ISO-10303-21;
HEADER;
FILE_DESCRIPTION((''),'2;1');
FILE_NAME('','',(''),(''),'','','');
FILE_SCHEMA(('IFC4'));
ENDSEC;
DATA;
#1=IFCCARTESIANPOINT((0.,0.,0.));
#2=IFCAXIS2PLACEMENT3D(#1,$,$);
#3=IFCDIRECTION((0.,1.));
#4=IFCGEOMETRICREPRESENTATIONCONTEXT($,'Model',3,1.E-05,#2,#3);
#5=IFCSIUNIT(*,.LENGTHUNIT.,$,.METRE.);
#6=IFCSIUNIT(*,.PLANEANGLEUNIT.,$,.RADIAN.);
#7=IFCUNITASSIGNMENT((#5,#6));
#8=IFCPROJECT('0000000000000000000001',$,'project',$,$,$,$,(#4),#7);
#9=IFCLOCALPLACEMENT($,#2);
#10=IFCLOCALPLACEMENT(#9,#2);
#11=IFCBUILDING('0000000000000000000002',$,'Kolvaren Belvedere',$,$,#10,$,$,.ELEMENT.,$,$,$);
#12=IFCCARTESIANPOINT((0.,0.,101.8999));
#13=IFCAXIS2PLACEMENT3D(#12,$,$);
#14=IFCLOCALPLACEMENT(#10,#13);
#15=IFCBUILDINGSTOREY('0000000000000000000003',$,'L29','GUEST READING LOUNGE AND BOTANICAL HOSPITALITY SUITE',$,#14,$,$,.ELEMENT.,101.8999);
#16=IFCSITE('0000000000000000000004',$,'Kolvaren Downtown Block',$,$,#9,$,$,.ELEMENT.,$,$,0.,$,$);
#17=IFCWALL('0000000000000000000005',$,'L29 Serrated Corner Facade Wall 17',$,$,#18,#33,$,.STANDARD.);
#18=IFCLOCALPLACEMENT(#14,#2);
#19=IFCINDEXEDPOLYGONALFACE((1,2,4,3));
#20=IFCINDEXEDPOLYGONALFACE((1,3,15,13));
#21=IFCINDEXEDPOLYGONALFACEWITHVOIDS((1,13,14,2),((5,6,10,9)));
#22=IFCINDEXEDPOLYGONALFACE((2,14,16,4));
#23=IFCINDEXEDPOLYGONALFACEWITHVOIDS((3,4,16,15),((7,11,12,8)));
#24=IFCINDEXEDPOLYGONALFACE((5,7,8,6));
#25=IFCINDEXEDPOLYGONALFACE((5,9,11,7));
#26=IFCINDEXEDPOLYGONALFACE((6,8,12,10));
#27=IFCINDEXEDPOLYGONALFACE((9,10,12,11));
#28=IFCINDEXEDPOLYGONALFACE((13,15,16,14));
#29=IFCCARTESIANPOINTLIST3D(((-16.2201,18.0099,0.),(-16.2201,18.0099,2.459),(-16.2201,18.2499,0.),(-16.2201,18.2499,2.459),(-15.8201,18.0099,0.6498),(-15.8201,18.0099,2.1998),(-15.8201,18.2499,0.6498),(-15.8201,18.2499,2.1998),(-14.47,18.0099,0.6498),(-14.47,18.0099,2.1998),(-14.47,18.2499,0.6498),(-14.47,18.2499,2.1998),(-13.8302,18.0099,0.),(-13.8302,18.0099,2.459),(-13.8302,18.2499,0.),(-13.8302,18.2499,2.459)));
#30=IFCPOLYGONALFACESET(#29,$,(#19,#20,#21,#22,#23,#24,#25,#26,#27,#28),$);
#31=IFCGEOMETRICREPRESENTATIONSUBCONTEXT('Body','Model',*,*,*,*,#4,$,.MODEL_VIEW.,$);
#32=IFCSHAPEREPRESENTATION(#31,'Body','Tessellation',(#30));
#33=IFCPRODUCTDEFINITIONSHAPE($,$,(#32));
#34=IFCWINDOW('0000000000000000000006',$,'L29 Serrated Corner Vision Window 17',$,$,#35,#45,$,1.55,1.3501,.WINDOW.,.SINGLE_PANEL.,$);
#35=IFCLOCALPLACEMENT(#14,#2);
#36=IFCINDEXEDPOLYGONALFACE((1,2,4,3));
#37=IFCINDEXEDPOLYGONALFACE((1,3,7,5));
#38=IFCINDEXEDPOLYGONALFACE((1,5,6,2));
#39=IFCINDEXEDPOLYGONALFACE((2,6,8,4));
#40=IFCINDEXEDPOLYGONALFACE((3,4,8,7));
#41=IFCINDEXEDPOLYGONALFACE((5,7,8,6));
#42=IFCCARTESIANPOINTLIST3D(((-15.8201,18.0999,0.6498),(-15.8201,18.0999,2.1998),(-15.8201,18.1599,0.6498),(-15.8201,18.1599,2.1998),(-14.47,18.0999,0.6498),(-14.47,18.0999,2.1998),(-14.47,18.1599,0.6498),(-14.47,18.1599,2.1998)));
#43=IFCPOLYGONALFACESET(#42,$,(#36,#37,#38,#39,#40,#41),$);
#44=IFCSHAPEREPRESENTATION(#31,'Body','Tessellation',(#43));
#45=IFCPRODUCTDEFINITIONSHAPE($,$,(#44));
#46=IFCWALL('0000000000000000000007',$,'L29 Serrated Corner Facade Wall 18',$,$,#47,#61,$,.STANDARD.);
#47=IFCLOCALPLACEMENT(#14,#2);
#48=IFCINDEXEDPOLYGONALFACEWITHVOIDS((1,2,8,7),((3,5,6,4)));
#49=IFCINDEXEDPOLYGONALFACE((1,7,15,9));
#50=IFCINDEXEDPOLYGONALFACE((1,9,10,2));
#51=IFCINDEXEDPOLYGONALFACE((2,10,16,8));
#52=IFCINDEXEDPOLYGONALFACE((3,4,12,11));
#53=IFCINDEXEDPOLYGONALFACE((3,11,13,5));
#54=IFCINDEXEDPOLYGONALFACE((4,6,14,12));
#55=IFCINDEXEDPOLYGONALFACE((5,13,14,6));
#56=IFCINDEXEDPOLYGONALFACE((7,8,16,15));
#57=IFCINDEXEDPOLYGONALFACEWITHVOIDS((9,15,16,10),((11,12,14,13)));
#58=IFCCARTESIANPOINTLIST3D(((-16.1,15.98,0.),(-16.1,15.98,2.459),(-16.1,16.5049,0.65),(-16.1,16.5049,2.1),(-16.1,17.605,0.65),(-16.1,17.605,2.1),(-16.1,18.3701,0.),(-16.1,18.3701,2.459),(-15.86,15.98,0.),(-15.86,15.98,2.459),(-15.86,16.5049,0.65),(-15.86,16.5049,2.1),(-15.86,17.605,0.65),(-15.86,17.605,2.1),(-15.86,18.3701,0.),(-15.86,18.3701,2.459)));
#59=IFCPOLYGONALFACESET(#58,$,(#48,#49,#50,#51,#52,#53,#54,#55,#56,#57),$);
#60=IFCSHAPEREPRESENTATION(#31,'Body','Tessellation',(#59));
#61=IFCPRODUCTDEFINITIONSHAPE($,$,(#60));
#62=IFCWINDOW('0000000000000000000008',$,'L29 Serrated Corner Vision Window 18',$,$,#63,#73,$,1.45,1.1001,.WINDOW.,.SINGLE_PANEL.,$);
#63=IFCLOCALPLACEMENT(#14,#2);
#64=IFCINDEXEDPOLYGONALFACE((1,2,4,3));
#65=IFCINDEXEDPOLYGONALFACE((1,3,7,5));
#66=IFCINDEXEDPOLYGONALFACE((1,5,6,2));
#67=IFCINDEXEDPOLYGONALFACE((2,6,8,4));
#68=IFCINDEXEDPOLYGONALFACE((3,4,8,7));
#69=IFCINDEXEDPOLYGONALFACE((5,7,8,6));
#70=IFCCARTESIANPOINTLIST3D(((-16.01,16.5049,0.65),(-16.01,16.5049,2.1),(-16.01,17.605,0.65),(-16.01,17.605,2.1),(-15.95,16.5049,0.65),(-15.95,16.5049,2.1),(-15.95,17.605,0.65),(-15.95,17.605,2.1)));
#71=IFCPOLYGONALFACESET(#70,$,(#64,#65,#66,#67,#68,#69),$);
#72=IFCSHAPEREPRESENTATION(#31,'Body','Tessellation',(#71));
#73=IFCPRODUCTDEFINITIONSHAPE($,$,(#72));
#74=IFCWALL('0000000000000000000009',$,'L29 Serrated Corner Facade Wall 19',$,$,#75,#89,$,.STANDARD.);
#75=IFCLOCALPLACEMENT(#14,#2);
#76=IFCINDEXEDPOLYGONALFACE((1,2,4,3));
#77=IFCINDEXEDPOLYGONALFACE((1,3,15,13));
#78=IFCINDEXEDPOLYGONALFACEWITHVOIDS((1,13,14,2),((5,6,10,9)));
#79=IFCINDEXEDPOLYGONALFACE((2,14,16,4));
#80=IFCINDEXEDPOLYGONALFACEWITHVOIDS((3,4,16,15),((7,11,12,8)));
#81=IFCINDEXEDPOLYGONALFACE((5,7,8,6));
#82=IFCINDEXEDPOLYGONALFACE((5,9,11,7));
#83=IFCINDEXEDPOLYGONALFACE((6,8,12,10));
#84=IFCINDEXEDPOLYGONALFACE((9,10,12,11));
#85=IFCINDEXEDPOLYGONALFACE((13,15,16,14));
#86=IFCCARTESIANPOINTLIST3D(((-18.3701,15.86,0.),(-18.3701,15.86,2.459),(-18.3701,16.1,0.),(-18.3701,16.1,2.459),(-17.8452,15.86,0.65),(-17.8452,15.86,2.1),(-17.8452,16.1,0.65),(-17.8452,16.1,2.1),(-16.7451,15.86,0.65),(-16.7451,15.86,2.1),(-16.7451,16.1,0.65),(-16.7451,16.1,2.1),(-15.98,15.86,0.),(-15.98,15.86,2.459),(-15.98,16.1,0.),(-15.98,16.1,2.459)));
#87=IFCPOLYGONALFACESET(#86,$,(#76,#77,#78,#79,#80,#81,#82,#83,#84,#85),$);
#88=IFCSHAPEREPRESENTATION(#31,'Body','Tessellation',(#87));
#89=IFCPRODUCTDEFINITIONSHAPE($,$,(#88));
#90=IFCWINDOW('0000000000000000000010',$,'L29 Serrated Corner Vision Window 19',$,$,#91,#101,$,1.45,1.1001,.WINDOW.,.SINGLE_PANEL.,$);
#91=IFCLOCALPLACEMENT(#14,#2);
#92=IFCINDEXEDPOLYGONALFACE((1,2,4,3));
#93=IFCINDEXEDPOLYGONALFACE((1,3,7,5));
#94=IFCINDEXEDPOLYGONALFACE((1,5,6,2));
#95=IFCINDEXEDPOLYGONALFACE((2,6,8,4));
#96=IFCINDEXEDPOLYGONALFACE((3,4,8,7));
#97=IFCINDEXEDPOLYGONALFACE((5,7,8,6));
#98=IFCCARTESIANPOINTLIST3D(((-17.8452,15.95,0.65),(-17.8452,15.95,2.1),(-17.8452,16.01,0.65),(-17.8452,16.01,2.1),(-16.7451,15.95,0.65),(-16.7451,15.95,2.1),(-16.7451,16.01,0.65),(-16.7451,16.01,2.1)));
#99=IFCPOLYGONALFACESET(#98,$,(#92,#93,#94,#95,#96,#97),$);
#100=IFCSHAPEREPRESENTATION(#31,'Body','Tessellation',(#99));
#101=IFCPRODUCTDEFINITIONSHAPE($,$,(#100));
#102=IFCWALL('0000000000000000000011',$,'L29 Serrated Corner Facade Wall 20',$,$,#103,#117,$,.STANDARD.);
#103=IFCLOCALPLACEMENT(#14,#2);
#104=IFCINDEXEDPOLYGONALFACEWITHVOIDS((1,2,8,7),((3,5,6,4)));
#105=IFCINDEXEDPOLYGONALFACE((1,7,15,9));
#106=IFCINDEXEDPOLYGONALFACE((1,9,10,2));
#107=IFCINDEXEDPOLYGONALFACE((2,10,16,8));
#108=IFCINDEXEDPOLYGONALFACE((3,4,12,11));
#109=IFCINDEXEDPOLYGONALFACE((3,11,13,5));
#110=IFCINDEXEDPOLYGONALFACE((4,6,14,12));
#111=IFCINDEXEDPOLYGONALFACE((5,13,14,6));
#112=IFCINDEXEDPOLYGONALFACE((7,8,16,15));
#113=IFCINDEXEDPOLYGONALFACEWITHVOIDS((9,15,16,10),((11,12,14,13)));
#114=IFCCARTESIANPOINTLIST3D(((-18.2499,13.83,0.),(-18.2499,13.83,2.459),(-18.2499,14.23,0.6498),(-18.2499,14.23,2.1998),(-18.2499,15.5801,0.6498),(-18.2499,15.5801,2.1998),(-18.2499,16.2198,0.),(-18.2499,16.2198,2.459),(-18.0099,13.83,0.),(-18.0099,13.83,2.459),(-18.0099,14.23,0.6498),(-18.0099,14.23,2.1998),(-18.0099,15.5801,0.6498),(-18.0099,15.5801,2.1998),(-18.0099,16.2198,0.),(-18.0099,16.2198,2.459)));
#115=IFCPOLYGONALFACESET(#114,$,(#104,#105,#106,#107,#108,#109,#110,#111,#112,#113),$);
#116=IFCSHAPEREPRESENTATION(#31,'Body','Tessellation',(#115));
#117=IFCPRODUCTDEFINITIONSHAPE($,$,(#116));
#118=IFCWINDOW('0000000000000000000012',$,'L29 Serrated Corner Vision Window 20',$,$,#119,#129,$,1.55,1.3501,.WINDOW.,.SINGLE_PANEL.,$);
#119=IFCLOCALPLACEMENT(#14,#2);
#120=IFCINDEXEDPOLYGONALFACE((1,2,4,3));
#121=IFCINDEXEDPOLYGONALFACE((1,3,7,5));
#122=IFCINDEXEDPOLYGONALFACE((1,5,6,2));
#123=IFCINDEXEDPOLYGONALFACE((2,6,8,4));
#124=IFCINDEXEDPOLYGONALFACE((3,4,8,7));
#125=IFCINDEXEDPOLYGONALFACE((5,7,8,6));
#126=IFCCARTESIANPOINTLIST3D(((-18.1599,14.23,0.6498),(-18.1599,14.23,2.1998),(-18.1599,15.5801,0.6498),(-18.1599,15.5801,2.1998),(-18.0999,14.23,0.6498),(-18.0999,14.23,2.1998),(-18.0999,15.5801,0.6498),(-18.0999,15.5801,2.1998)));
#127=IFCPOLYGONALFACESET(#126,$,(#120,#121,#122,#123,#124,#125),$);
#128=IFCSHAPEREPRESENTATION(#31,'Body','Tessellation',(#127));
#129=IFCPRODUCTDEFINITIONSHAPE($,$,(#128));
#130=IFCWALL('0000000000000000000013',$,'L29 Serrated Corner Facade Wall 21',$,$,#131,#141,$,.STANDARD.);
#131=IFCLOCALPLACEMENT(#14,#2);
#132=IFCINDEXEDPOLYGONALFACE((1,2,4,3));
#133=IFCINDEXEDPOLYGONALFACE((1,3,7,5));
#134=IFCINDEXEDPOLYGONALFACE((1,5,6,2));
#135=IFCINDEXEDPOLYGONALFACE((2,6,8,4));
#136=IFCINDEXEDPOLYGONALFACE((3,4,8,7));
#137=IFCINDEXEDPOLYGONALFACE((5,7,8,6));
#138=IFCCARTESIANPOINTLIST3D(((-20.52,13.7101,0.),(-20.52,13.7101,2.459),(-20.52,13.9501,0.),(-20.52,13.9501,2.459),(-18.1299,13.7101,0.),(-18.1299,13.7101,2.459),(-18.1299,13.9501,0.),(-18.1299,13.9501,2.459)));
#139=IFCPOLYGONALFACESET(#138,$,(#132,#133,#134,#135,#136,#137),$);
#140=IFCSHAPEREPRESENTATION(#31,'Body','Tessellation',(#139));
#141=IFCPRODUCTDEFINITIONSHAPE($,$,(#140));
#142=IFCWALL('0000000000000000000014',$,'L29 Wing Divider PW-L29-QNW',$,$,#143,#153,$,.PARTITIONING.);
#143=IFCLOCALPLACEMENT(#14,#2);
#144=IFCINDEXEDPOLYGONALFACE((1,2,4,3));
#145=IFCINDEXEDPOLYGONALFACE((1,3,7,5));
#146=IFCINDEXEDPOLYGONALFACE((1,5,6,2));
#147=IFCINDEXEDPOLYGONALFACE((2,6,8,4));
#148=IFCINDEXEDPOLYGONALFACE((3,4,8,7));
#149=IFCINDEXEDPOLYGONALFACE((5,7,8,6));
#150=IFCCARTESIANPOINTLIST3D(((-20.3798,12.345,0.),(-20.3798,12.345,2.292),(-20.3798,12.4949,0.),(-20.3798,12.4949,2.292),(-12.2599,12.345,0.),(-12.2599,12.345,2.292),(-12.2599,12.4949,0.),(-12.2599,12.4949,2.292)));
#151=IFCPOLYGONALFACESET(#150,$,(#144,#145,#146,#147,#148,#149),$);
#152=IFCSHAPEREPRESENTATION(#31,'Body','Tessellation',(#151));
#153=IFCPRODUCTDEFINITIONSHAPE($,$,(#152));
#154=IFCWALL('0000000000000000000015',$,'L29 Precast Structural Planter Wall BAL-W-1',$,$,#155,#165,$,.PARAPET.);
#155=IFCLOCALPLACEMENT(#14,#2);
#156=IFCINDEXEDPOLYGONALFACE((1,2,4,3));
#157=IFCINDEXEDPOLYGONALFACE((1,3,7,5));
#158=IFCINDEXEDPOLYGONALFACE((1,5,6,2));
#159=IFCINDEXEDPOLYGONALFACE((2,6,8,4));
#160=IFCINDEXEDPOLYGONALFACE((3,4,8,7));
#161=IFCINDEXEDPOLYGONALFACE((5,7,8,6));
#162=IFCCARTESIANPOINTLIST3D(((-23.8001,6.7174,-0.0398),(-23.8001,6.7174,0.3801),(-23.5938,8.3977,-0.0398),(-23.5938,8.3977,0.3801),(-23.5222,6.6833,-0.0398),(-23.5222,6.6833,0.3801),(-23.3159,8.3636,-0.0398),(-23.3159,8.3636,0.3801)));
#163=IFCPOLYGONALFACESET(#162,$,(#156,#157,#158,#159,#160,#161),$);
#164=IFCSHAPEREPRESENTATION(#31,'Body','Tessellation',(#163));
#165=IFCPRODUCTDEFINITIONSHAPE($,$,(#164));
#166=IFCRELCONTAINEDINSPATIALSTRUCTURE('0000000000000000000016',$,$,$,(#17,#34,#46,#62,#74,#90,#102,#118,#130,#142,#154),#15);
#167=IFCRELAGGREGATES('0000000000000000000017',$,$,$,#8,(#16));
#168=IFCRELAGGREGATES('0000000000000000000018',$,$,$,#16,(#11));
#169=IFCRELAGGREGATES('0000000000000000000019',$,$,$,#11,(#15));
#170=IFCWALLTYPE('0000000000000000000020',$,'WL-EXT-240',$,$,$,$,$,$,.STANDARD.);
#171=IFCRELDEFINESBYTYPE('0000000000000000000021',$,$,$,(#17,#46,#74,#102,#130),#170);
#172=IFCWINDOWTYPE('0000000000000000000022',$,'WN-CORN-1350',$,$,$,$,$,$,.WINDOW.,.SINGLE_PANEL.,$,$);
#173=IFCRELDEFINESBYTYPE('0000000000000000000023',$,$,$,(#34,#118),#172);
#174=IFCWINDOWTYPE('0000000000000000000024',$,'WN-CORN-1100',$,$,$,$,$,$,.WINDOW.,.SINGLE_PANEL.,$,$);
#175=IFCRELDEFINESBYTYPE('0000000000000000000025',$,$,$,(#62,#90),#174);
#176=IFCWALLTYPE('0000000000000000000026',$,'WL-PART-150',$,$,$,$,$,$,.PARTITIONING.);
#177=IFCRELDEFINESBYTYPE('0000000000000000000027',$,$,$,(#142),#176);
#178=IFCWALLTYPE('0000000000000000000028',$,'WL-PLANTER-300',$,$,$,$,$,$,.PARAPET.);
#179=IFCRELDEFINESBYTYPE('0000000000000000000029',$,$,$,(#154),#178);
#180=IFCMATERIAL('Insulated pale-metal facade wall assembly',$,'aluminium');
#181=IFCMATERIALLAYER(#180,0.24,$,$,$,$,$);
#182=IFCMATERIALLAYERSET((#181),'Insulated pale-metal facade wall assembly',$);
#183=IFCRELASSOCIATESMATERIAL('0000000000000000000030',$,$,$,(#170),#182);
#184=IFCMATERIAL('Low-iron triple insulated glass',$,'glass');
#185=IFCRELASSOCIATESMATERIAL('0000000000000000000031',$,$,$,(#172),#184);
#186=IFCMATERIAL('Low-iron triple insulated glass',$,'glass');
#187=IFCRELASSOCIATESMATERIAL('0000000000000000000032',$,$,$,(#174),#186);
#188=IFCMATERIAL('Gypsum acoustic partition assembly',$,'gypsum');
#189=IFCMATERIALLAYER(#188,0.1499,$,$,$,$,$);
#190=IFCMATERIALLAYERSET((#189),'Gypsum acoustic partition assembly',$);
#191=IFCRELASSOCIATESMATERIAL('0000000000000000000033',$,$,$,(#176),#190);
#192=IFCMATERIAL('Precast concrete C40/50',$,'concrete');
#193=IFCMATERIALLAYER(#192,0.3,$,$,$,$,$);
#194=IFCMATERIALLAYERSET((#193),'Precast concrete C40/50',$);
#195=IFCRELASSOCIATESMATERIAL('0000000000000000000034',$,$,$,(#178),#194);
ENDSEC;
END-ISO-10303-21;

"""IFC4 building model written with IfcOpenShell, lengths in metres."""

from ifc_helpers import new_model, si_unit, direction, frame, frame_2d, origin, place, context, subcontext, project, spatial, rectangle, extrude, material, layer, layer_set, type_object, element, fill, save


model = new_model("IFC4")

# Units and contexts
model_context = context("Model", 3, precision=1e-05, world=origin(), true_north=direction((0.0, 1.0)))
body_context = subcontext(model_context, "Body", "Model", "MODEL_VIEW")
ifc_project = project(units=[si_unit("LENGTHUNIT", "METRE"), si_unit("PLANEANGLEUNIT", "RADIAN")], contexts=[model_context])

# Site, building, storey
site_placement = place(None, origin())
site = spatial("IfcSite", under=ifc_project, at=site_placement, Name="Kolvaren Downtown Block", CompositionType="ELEMENT", RefElevation=0.0)
building_placement = place(site_placement, origin())
building = spatial("IfcBuilding", under=site, at=building_placement, Name="Kolvaren Belvedere", CompositionType="ELEMENT")
storey_placement = place(building_placement, frame((0.0, 0.0, 101.8999)))
storey = spatial("IfcBuildingStorey", under=building, at=storey_placement, Name="L29", Description="GUEST READING LOUNGE AND BOTANICAL HOSPITALITY SUITE", CompositionType="ELEMENT", Elevation=101.8999)

# Shared definitions
ifc_material_1 = material(Name="Insulated pale-metal facade wall assembly", Category="aluminium")
ifc_layer_1 = layer(ifc_material_1, 0.24)
ifc_layer_set_1 = layer_set([ifc_layer_1], Name="Insulated pale-metal facade wall assembly")
wall_type_1 = type_object("IfcWallType", Name="WL-EXT-240", PredefinedType="STANDARD", material=ifc_layer_set_1)

# Walls, openings, windows
wall_1_placement = place(storey_placement, frame((-16.22, 18.1299, 0.0), z_axis=(0.0, 0.0, 1.0), x_axis=(1.0, 0.0, 0.0)))
wall_1 = element("IfcWall", 1, at=wall_1_placement, inside=storey, type_object=wall_type_1, Name="L29 Serrated Corner Facade Wall 17", PredefinedType="STANDARD", context=body_context, shape_type="SweptSolid", body=[
    extrude(rectangle(XDim=2.3899, YDim=0.24, at=frame_2d((1.1948, 0.0))), origin(), (0.0, 0.0, 1.0), 2.459),
])
opening_1_placement = place(wall_1_placement, frame((0.3999, 0.0, 0.6499)))
opening_1 = element("IfcOpeningElement", 2, at=opening_1_placement, cuts=wall_1, PredefinedType="OPENING", context=body_context, shape_type="SweptSolid", body=[
    extrude(rectangle(XDim=1.3501, YDim=1.55, at=frame_2d((0.675, 0.7749))), frame((0.0, 0.1299, 0.0), z_axis=(0.0, -1.0, 0.0), x_axis=(1.0, 0.0, 0.0)), (0.0, 0.0, 1.0), 0.26),
])
ifc_material_2 = material(Name="Low-iron triple insulated glass", Category="glass")
window_type_1 = type_object("IfcWindowType", Name="WN-CORN-1350", PartitioningType="SINGLE_PANEL", PredefinedType="WINDOW", material=ifc_material_2)
window_1_placement = place(opening_1_placement, origin())
window_1 = element("IfcWindow", 3, at=window_1_placement, inside=storey, type_object=window_type_1, Name="L29 Serrated Corner Vision Window 17", OverallHeight=1.55, OverallWidth=1.3501, PartitioningType="SINGLE_PANEL", PredefinedType="WINDOW", context=body_context, shape_type="SweptSolid", body=[
    extrude(rectangle(XDim=1.3501, YDim=1.55, at=frame_2d((0.675, 0.7749))), frame((0.0, 0.03, 0.0), z_axis=(0.0, -1.0, 0.0), x_axis=(1.0, 0.0, 0.0)), (0.0, 0.0, 1.0), 0.0601),
])
fill(opening_1, window_1)
wall_2_placement = place(storey_placement, frame((-15.98, 15.98, 0.0), z_axis=(0.0, 0.0, 1.0), x_axis=(0.0, 1.0, 0.0)))
wall_2 = element("IfcWall", 4, at=wall_2_placement, inside=storey, type_object=wall_type_1, Name="L29 Serrated Corner Facade Wall 18", PredefinedType="STANDARD", context=body_context, shape_type="SweptSolid", body=[
    extrude(rectangle(XDim=2.3901, YDim=0.24, at=frame_2d((1.1951, 0.0))), origin(), (0.0, 0.0, 1.0), 2.459),
])
opening_2_placement = place(wall_2_placement, frame((0.5249, 0.0, 0.6499)))
opening_2 = element("IfcOpeningElement", 5, at=opening_2_placement, cuts=wall_2, PredefinedType="OPENING", context=body_context, shape_type="SweptSolid", body=[
    extrude(rectangle(XDim=1.1001, YDim=1.45, at=frame_2d((0.55, 0.7251))), frame((0.0, 0.1299, 0.0), z_axis=(0.0, -1.0, 0.0), x_axis=(1.0, 0.0, 0.0)), (0.0, 0.0, 1.0), 0.26),
])
ifc_material_3 = material(Name="Low-iron triple insulated glass", Category="glass")
window_type_2 = type_object("IfcWindowType", Name="WN-CORN-1100", PartitioningType="SINGLE_PANEL", PredefinedType="WINDOW", material=ifc_material_3)
window_2_placement = place(opening_2_placement, origin())
window_2 = element("IfcWindow", 6, at=window_2_placement, inside=storey, type_object=window_type_2, Name="L29 Serrated Corner Vision Window 18", OverallHeight=1.45, OverallWidth=1.1001, PartitioningType="SINGLE_PANEL", PredefinedType="WINDOW", context=body_context, shape_type="SweptSolid", body=[
    extrude(rectangle(XDim=1.1001, YDim=1.45, at=frame_2d((0.55, 0.7251))), frame((0.0, 0.03, 0.0), z_axis=(0.0, -1.0, 0.0), x_axis=(1.0, 0.0, 0.0)), (0.0, 0.0, 1.0), 0.0601),
])
fill(opening_2, window_2)
wall_3_placement = place(storey_placement, frame((-18.3701, 15.98, 0.0), z_axis=(0.0, 0.0, 1.0), x_axis=(1.0, 0.0, 0.0)))
wall_3 = element("IfcWall", 7, at=wall_3_placement, inside=storey, type_object=wall_type_1, Name="L29 Serrated Corner Facade Wall 19", PredefinedType="STANDARD", context=body_context, shape_type="SweptSolid", body=[
    extrude(rectangle(XDim=2.3901, YDim=0.24, at=frame_2d((1.1951, 0.0))), origin(), (0.0, 0.0, 1.0), 2.459),
])
opening_3_placement = place(wall_3_placement, frame((0.5249, 0.0, 0.6499)))
opening_3 = element("IfcOpeningElement", 8, at=opening_3_placement, cuts=wall_3, PredefinedType="OPENING", context=body_context, shape_type="SweptSolid", body=[
    extrude(rectangle(XDim=1.1001, YDim=1.45, at=frame_2d((0.55, 0.7251))), frame((0.0, 0.1299, 0.0), z_axis=(0.0, -1.0, 0.0), x_axis=(1.0, 0.0, 0.0)), (0.0, 0.0, 1.0), 0.26),
])
window_3_placement = place(opening_3_placement, origin())
window_3 = element("IfcWindow", 9, at=window_3_placement, inside=storey, type_object=window_type_2, Name="L29 Serrated Corner Vision Window 19", OverallHeight=1.45, OverallWidth=1.1001, PartitioningType="SINGLE_PANEL", PredefinedType="WINDOW", context=body_context, shape_type="SweptSolid", body=[
    extrude(rectangle(XDim=1.1001, YDim=1.45, at=frame_2d((0.55, 0.7251))), frame((0.0, 0.03, 0.0), z_axis=(0.0, -1.0, 0.0), x_axis=(1.0, 0.0, 0.0)), (0.0, 0.0, 1.0), 0.0601),
])
fill(opening_3, window_3)
wall_4_placement = place(storey_placement, frame((-18.1299, 13.8301, 0.0), z_axis=(0.0, 0.0, 1.0), x_axis=(0.0, 1.0, 0.0)))
wall_4 = element("IfcWall", 10, at=wall_4_placement, inside=storey, type_object=wall_type_1, Name="L29 Serrated Corner Facade Wall 20", PredefinedType="STANDARD", context=body_context, shape_type="SweptSolid", body=[
    extrude(rectangle(XDim=2.3899, YDim=0.24, at=frame_2d((1.1948, 0.0))), origin(), (0.0, 0.0, 1.0), 2.459),
])
opening_4_placement = place(wall_4_placement, frame((0.3999, 0.0, 0.6499)))
opening_4 = element("IfcOpeningElement", 11, at=opening_4_placement, cuts=wall_4, PredefinedType="OPENING", context=body_context, shape_type="SweptSolid", body=[
    extrude(rectangle(XDim=1.3501, YDim=1.55, at=frame_2d((0.675, 0.7749))), frame((0.0, 0.1299, 0.0), z_axis=(0.0, -1.0, 0.0), x_axis=(1.0, 0.0, 0.0)), (0.0, 0.0, 1.0), 0.26),
])
window_4_placement = place(opening_4_placement, origin())
window_4 = element("IfcWindow", 12, at=window_4_placement, inside=storey, type_object=window_type_1, Name="L29 Serrated Corner Vision Window 20", OverallHeight=1.55, OverallWidth=1.3501, PartitioningType="SINGLE_PANEL", PredefinedType="WINDOW", context=body_context, shape_type="SweptSolid", body=[
    extrude(rectangle(XDim=1.3501, YDim=1.55, at=frame_2d((0.675, 0.7749))), frame((0.0, 0.03, 0.0), z_axis=(0.0, -1.0, 0.0), x_axis=(1.0, 0.0, 0.0)), (0.0, 0.0, 1.0), 0.0601),
])
fill(opening_4, window_4)

# Walls
wall_5_placement = place(storey_placement, frame((-20.52, 13.8301, 0.0), z_axis=(0.0, 0.0, 1.0), x_axis=(1.0, 0.0, 0.0)))
element("IfcWall", 13, at=wall_5_placement, inside=storey, type_object=wall_type_1, Name="L29 Serrated Corner Facade Wall 21", PredefinedType="STANDARD", context=body_context, shape_type="SweptSolid", body=[
    extrude(rectangle(XDim=2.3901, YDim=0.24, at=frame_2d((1.1951, 0.0))), origin(), (0.0, 0.0, 1.0), 2.459),
])
ifc_material_4 = material(Name="Gypsum acoustic partition assembly", Category="gypsum")
ifc_layer_2 = layer(ifc_material_4, 0.1499)
ifc_layer_set_2 = layer_set([ifc_layer_2], Name="Gypsum acoustic partition assembly")
wall_type_2 = type_object("IfcWallType", Name="WL-PART-150", PredefinedType="PARTITIONING", material=ifc_layer_set_2)
wall_6_placement = place(storey_placement, frame((-20.3799, 12.4199, 0.0), z_axis=(0.0, 0.0, 1.0), x_axis=(1.0, 0.0, 0.0)))
element("IfcWall", 14, at=wall_6_placement, inside=storey, type_object=wall_type_2, Name="L29 Wing Divider PW-L29-QNW", PredefinedType="PARTITIONING", context=body_context, shape_type="SweptSolid", body=[
    extrude(rectangle(XDim=8.1199, YDim=0.1499, at=frame_2d((4.0601, 0.0))), origin(), (0.0, 0.0, 1.0), 2.292),
])
ifc_material_5 = material(Name="Precast concrete C40/50", Category="concrete")
ifc_layer_3 = layer(ifc_material_5, 0.3)
ifc_layer_set_3 = layer_set([ifc_layer_3], Name="Precast concrete C40/50")
wall_type_3 = type_object("IfcWallType", Name="WL-PLANTER-300", PredefinedType="PARAPET", material=ifc_layer_set_3)
wall_7_placement = place(storey_placement, frame((-23.4548, 8.3806, -0.0398), z_axis=(0.0, 0.0, 1.0), x_axis=(-0.121869, -0.992546, 0.0)))
element("IfcWall", 15, at=wall_7_placement, inside=storey, type_object=wall_type_3, Name="L29 Precast Structural Planter Wall BAL-W-1", PredefinedType="PARAPET", context=body_context, shape_type="SweptSolid", body=[
    extrude(rectangle(XDim=1.6929, YDim=0.28, at=frame_2d((0.8464, 0.0))), origin(), (0.0, 0.0, 1.0), 0.4199),
])

save(model, "model.ifc")
